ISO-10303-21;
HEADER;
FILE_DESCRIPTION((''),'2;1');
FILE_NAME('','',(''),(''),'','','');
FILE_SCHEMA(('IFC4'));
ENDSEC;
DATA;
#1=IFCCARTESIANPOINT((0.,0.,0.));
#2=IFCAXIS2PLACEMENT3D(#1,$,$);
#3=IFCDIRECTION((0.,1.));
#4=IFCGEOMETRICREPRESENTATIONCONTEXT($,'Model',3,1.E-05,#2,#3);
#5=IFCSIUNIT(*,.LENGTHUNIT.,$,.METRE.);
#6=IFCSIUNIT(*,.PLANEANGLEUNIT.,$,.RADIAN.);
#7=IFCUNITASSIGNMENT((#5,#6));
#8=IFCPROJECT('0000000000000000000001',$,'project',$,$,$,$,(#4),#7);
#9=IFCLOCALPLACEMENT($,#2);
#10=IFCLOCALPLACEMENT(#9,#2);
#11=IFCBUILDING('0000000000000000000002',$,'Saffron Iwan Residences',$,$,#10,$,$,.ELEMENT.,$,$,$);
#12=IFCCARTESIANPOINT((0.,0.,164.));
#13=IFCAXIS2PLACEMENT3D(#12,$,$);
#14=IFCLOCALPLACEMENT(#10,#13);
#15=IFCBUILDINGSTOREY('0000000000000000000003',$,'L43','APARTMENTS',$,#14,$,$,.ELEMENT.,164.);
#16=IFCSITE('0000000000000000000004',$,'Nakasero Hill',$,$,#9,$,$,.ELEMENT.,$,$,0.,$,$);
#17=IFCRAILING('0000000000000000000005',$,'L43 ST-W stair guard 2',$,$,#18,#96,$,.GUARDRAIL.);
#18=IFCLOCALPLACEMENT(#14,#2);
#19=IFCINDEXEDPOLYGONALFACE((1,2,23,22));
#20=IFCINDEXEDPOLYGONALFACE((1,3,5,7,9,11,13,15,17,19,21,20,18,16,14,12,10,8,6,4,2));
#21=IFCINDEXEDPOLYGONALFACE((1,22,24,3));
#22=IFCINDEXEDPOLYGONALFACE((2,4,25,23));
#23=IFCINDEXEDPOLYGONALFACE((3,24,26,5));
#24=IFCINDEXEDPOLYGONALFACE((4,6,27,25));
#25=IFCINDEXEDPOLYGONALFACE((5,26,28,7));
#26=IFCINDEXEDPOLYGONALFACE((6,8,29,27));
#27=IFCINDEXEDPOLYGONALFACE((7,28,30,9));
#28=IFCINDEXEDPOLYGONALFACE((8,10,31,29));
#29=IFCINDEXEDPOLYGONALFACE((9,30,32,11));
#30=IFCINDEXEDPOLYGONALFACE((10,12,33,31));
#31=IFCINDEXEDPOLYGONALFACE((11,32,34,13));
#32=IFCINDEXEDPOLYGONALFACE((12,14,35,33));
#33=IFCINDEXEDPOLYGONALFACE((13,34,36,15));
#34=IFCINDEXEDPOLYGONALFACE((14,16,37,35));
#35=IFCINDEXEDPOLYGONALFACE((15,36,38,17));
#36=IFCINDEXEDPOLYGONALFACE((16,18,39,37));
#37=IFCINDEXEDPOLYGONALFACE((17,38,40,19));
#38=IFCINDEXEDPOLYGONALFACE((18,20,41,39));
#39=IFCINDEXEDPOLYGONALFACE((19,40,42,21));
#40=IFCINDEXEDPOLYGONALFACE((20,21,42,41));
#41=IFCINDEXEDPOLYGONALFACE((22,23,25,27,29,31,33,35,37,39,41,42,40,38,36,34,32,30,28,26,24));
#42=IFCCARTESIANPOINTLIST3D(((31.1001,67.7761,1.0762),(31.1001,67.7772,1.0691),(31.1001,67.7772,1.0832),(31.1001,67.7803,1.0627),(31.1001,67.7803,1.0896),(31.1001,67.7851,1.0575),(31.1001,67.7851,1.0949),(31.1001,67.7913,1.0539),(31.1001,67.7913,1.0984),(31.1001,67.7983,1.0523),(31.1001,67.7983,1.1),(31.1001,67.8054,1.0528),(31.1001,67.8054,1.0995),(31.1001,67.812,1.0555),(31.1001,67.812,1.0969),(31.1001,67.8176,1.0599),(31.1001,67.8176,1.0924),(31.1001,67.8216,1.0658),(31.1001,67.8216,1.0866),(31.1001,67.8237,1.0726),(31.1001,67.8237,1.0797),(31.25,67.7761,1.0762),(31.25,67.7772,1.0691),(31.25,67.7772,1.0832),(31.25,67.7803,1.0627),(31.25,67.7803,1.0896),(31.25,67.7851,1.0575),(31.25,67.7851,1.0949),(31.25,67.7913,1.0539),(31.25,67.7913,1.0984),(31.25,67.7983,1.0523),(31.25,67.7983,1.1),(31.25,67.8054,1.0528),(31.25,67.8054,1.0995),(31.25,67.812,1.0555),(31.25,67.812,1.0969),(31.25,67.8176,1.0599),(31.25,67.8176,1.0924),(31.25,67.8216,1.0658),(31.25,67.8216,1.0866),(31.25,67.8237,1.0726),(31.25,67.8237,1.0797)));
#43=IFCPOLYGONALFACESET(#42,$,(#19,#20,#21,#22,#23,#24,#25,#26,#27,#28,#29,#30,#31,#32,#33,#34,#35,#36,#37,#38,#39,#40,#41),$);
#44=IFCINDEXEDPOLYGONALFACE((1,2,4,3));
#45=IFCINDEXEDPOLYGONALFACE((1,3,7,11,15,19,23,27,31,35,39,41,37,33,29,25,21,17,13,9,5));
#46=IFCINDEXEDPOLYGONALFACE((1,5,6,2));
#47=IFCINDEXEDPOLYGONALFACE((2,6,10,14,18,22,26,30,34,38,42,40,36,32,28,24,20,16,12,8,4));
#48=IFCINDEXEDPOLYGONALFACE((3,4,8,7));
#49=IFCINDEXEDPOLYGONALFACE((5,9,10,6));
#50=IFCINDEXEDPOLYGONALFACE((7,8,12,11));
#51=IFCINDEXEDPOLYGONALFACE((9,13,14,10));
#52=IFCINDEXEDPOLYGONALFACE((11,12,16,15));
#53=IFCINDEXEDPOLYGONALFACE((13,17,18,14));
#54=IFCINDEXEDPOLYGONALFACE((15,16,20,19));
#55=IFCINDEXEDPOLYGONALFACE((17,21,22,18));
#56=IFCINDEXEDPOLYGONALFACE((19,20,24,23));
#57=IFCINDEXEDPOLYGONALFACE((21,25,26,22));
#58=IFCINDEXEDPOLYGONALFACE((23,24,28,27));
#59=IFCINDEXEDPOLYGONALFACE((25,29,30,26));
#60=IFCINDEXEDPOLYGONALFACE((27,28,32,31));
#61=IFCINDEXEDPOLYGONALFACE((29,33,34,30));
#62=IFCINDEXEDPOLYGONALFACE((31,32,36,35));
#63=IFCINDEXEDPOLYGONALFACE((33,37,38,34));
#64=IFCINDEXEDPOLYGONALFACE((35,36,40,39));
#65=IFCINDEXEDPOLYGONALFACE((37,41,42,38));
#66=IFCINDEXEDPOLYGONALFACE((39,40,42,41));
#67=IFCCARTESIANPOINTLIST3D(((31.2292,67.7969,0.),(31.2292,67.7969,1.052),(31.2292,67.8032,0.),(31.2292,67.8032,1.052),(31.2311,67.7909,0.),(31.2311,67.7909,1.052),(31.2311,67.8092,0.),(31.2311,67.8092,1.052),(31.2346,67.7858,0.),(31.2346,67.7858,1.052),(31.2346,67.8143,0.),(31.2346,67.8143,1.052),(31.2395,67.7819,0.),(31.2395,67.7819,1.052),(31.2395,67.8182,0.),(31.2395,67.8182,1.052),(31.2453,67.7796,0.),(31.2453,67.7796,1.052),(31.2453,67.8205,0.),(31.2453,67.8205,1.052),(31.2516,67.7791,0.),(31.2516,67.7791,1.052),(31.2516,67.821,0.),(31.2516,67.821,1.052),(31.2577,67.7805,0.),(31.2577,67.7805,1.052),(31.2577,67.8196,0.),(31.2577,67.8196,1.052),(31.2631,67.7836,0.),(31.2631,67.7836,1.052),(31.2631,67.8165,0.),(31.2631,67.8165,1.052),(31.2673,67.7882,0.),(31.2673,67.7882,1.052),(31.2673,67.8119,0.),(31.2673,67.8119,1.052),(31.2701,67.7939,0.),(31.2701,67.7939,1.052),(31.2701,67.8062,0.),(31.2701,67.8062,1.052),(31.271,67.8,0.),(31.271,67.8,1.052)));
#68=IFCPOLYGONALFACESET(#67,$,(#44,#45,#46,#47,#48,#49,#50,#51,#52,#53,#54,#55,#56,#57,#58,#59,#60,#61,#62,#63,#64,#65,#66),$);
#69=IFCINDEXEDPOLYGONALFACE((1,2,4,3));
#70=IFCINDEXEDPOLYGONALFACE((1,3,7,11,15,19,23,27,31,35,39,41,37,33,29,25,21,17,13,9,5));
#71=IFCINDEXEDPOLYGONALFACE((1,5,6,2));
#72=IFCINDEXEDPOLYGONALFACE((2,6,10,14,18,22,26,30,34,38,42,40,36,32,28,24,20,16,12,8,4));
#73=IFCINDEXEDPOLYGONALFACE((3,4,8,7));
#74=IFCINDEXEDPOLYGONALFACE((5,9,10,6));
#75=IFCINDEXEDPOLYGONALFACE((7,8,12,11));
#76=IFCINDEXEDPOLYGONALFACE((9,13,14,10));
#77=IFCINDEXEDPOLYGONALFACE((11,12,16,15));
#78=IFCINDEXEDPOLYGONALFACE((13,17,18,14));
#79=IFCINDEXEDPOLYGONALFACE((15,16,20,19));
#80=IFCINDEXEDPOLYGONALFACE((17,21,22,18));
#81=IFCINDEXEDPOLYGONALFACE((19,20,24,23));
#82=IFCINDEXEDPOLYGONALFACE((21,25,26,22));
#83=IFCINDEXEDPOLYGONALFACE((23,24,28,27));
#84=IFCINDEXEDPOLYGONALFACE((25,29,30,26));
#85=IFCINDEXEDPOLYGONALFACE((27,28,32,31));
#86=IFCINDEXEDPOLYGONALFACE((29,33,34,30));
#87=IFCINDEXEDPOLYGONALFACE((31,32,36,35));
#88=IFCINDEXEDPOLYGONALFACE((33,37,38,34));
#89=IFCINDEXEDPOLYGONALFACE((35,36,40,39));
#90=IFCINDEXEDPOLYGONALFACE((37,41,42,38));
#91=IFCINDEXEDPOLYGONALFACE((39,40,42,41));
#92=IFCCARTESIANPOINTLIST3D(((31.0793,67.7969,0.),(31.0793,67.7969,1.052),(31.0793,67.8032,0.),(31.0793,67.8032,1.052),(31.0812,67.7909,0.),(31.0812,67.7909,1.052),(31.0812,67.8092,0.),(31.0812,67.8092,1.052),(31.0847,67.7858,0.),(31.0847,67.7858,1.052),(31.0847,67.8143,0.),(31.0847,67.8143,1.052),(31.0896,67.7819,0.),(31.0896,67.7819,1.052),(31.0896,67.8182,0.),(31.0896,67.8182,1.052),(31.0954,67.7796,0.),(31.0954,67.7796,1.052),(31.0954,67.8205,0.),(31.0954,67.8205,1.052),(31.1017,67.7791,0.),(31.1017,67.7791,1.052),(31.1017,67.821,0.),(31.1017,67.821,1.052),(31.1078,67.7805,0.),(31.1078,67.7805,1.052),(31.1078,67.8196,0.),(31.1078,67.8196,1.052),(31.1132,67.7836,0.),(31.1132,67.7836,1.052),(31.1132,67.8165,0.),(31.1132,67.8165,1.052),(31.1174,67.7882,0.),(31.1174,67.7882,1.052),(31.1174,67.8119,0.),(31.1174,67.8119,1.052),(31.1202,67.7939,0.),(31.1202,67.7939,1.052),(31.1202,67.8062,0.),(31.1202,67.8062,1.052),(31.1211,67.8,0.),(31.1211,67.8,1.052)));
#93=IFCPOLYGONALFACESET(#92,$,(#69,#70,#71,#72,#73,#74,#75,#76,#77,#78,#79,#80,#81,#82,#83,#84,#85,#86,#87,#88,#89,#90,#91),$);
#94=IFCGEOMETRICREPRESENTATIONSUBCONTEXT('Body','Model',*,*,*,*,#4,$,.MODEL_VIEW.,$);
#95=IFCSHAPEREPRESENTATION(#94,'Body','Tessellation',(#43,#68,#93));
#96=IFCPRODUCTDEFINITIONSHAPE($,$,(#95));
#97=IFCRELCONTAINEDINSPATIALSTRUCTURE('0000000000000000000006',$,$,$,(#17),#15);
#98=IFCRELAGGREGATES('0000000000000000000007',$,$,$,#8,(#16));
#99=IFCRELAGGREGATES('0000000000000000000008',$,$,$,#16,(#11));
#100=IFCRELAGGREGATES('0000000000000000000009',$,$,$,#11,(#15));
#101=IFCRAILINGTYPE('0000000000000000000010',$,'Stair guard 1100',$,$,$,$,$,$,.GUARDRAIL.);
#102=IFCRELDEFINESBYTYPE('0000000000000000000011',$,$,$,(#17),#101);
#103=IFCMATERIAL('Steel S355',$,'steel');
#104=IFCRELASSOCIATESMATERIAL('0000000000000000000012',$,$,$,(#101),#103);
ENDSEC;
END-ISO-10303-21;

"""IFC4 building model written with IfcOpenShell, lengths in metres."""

from ifc_helpers import new_model, si_unit, direction, frame, origin, origin_2d, place, context, subcontext, project, spatial, circle, extrude, material, type_object, element, save


model = new_model("IFC4")

# Units and contexts
model_context = context("Model", 3, precision=1e-05, world=origin(), true_north=direction((0.0, 1.0)))
body_context = subcontext(model_context, "Body", "Model", "MODEL_VIEW")
ifc_project = project(units=[si_unit("LENGTHUNIT", "METRE"), si_unit("PLANEANGLEUNIT", "RADIAN")], contexts=[model_context])

# Site, building, storey
site_placement = place(None, origin())
site = spatial("IfcSite", under=ifc_project, at=site_placement, Name="Nakasero Hill", CompositionType="ELEMENT", RefElevation=0.0)
building_placement = place(site_placement, origin())
building = spatial("IfcBuilding", under=site, at=building_placement, Name="Saffron Iwan Residences", CompositionType="ELEMENT")
storey_placement = place(building_placement, frame((0.0, 0.0, 164.0)))
storey = spatial("IfcBuildingStorey", under=building, at=storey_placement, Name="L43", Description="APARTMENTS", CompositionType="ELEMENT", Elevation=164.0)

# Railing
ifc_material_1 = material(Name="Steel S355", Category="steel")
railing_type_1 = type_object("IfcRailingType", Name="Stair guard 1100", PredefinedType="GUARDRAIL", material=ifc_material_1)
railing_1_placement = place(storey_placement, frame((31.25, 67.8, 0.0)))
element("IfcRailing", 1, at=railing_1_placement, inside=storey, type_object=railing_type_1, Name="L43 ST-W stair guard 2", PredefinedType="GUARDRAIL", context=body_context, shape_type="SweptSolid", body=[
    extrude(circle(Radius=0.0239, at=origin_2d()), frame((0.0, 0.0, 1.0762), z_axis=(-1.0, 0.0, 0.0), x_axis=(0.0, -1.0, 0.0)), (0.0, 0.0, 1.0), 0.1499),
    extrude(circle(Radius=0.021, at=origin_2d()), origin(), (0.0, 0.0, 1.0), 1.052),
    extrude(circle(Radius=0.021, at=origin_2d()), frame((-0.1499, 0.0, 0.0)), (0.0, 0.0, 1.0), 1.052),
])

save(model, "model.ifc")
